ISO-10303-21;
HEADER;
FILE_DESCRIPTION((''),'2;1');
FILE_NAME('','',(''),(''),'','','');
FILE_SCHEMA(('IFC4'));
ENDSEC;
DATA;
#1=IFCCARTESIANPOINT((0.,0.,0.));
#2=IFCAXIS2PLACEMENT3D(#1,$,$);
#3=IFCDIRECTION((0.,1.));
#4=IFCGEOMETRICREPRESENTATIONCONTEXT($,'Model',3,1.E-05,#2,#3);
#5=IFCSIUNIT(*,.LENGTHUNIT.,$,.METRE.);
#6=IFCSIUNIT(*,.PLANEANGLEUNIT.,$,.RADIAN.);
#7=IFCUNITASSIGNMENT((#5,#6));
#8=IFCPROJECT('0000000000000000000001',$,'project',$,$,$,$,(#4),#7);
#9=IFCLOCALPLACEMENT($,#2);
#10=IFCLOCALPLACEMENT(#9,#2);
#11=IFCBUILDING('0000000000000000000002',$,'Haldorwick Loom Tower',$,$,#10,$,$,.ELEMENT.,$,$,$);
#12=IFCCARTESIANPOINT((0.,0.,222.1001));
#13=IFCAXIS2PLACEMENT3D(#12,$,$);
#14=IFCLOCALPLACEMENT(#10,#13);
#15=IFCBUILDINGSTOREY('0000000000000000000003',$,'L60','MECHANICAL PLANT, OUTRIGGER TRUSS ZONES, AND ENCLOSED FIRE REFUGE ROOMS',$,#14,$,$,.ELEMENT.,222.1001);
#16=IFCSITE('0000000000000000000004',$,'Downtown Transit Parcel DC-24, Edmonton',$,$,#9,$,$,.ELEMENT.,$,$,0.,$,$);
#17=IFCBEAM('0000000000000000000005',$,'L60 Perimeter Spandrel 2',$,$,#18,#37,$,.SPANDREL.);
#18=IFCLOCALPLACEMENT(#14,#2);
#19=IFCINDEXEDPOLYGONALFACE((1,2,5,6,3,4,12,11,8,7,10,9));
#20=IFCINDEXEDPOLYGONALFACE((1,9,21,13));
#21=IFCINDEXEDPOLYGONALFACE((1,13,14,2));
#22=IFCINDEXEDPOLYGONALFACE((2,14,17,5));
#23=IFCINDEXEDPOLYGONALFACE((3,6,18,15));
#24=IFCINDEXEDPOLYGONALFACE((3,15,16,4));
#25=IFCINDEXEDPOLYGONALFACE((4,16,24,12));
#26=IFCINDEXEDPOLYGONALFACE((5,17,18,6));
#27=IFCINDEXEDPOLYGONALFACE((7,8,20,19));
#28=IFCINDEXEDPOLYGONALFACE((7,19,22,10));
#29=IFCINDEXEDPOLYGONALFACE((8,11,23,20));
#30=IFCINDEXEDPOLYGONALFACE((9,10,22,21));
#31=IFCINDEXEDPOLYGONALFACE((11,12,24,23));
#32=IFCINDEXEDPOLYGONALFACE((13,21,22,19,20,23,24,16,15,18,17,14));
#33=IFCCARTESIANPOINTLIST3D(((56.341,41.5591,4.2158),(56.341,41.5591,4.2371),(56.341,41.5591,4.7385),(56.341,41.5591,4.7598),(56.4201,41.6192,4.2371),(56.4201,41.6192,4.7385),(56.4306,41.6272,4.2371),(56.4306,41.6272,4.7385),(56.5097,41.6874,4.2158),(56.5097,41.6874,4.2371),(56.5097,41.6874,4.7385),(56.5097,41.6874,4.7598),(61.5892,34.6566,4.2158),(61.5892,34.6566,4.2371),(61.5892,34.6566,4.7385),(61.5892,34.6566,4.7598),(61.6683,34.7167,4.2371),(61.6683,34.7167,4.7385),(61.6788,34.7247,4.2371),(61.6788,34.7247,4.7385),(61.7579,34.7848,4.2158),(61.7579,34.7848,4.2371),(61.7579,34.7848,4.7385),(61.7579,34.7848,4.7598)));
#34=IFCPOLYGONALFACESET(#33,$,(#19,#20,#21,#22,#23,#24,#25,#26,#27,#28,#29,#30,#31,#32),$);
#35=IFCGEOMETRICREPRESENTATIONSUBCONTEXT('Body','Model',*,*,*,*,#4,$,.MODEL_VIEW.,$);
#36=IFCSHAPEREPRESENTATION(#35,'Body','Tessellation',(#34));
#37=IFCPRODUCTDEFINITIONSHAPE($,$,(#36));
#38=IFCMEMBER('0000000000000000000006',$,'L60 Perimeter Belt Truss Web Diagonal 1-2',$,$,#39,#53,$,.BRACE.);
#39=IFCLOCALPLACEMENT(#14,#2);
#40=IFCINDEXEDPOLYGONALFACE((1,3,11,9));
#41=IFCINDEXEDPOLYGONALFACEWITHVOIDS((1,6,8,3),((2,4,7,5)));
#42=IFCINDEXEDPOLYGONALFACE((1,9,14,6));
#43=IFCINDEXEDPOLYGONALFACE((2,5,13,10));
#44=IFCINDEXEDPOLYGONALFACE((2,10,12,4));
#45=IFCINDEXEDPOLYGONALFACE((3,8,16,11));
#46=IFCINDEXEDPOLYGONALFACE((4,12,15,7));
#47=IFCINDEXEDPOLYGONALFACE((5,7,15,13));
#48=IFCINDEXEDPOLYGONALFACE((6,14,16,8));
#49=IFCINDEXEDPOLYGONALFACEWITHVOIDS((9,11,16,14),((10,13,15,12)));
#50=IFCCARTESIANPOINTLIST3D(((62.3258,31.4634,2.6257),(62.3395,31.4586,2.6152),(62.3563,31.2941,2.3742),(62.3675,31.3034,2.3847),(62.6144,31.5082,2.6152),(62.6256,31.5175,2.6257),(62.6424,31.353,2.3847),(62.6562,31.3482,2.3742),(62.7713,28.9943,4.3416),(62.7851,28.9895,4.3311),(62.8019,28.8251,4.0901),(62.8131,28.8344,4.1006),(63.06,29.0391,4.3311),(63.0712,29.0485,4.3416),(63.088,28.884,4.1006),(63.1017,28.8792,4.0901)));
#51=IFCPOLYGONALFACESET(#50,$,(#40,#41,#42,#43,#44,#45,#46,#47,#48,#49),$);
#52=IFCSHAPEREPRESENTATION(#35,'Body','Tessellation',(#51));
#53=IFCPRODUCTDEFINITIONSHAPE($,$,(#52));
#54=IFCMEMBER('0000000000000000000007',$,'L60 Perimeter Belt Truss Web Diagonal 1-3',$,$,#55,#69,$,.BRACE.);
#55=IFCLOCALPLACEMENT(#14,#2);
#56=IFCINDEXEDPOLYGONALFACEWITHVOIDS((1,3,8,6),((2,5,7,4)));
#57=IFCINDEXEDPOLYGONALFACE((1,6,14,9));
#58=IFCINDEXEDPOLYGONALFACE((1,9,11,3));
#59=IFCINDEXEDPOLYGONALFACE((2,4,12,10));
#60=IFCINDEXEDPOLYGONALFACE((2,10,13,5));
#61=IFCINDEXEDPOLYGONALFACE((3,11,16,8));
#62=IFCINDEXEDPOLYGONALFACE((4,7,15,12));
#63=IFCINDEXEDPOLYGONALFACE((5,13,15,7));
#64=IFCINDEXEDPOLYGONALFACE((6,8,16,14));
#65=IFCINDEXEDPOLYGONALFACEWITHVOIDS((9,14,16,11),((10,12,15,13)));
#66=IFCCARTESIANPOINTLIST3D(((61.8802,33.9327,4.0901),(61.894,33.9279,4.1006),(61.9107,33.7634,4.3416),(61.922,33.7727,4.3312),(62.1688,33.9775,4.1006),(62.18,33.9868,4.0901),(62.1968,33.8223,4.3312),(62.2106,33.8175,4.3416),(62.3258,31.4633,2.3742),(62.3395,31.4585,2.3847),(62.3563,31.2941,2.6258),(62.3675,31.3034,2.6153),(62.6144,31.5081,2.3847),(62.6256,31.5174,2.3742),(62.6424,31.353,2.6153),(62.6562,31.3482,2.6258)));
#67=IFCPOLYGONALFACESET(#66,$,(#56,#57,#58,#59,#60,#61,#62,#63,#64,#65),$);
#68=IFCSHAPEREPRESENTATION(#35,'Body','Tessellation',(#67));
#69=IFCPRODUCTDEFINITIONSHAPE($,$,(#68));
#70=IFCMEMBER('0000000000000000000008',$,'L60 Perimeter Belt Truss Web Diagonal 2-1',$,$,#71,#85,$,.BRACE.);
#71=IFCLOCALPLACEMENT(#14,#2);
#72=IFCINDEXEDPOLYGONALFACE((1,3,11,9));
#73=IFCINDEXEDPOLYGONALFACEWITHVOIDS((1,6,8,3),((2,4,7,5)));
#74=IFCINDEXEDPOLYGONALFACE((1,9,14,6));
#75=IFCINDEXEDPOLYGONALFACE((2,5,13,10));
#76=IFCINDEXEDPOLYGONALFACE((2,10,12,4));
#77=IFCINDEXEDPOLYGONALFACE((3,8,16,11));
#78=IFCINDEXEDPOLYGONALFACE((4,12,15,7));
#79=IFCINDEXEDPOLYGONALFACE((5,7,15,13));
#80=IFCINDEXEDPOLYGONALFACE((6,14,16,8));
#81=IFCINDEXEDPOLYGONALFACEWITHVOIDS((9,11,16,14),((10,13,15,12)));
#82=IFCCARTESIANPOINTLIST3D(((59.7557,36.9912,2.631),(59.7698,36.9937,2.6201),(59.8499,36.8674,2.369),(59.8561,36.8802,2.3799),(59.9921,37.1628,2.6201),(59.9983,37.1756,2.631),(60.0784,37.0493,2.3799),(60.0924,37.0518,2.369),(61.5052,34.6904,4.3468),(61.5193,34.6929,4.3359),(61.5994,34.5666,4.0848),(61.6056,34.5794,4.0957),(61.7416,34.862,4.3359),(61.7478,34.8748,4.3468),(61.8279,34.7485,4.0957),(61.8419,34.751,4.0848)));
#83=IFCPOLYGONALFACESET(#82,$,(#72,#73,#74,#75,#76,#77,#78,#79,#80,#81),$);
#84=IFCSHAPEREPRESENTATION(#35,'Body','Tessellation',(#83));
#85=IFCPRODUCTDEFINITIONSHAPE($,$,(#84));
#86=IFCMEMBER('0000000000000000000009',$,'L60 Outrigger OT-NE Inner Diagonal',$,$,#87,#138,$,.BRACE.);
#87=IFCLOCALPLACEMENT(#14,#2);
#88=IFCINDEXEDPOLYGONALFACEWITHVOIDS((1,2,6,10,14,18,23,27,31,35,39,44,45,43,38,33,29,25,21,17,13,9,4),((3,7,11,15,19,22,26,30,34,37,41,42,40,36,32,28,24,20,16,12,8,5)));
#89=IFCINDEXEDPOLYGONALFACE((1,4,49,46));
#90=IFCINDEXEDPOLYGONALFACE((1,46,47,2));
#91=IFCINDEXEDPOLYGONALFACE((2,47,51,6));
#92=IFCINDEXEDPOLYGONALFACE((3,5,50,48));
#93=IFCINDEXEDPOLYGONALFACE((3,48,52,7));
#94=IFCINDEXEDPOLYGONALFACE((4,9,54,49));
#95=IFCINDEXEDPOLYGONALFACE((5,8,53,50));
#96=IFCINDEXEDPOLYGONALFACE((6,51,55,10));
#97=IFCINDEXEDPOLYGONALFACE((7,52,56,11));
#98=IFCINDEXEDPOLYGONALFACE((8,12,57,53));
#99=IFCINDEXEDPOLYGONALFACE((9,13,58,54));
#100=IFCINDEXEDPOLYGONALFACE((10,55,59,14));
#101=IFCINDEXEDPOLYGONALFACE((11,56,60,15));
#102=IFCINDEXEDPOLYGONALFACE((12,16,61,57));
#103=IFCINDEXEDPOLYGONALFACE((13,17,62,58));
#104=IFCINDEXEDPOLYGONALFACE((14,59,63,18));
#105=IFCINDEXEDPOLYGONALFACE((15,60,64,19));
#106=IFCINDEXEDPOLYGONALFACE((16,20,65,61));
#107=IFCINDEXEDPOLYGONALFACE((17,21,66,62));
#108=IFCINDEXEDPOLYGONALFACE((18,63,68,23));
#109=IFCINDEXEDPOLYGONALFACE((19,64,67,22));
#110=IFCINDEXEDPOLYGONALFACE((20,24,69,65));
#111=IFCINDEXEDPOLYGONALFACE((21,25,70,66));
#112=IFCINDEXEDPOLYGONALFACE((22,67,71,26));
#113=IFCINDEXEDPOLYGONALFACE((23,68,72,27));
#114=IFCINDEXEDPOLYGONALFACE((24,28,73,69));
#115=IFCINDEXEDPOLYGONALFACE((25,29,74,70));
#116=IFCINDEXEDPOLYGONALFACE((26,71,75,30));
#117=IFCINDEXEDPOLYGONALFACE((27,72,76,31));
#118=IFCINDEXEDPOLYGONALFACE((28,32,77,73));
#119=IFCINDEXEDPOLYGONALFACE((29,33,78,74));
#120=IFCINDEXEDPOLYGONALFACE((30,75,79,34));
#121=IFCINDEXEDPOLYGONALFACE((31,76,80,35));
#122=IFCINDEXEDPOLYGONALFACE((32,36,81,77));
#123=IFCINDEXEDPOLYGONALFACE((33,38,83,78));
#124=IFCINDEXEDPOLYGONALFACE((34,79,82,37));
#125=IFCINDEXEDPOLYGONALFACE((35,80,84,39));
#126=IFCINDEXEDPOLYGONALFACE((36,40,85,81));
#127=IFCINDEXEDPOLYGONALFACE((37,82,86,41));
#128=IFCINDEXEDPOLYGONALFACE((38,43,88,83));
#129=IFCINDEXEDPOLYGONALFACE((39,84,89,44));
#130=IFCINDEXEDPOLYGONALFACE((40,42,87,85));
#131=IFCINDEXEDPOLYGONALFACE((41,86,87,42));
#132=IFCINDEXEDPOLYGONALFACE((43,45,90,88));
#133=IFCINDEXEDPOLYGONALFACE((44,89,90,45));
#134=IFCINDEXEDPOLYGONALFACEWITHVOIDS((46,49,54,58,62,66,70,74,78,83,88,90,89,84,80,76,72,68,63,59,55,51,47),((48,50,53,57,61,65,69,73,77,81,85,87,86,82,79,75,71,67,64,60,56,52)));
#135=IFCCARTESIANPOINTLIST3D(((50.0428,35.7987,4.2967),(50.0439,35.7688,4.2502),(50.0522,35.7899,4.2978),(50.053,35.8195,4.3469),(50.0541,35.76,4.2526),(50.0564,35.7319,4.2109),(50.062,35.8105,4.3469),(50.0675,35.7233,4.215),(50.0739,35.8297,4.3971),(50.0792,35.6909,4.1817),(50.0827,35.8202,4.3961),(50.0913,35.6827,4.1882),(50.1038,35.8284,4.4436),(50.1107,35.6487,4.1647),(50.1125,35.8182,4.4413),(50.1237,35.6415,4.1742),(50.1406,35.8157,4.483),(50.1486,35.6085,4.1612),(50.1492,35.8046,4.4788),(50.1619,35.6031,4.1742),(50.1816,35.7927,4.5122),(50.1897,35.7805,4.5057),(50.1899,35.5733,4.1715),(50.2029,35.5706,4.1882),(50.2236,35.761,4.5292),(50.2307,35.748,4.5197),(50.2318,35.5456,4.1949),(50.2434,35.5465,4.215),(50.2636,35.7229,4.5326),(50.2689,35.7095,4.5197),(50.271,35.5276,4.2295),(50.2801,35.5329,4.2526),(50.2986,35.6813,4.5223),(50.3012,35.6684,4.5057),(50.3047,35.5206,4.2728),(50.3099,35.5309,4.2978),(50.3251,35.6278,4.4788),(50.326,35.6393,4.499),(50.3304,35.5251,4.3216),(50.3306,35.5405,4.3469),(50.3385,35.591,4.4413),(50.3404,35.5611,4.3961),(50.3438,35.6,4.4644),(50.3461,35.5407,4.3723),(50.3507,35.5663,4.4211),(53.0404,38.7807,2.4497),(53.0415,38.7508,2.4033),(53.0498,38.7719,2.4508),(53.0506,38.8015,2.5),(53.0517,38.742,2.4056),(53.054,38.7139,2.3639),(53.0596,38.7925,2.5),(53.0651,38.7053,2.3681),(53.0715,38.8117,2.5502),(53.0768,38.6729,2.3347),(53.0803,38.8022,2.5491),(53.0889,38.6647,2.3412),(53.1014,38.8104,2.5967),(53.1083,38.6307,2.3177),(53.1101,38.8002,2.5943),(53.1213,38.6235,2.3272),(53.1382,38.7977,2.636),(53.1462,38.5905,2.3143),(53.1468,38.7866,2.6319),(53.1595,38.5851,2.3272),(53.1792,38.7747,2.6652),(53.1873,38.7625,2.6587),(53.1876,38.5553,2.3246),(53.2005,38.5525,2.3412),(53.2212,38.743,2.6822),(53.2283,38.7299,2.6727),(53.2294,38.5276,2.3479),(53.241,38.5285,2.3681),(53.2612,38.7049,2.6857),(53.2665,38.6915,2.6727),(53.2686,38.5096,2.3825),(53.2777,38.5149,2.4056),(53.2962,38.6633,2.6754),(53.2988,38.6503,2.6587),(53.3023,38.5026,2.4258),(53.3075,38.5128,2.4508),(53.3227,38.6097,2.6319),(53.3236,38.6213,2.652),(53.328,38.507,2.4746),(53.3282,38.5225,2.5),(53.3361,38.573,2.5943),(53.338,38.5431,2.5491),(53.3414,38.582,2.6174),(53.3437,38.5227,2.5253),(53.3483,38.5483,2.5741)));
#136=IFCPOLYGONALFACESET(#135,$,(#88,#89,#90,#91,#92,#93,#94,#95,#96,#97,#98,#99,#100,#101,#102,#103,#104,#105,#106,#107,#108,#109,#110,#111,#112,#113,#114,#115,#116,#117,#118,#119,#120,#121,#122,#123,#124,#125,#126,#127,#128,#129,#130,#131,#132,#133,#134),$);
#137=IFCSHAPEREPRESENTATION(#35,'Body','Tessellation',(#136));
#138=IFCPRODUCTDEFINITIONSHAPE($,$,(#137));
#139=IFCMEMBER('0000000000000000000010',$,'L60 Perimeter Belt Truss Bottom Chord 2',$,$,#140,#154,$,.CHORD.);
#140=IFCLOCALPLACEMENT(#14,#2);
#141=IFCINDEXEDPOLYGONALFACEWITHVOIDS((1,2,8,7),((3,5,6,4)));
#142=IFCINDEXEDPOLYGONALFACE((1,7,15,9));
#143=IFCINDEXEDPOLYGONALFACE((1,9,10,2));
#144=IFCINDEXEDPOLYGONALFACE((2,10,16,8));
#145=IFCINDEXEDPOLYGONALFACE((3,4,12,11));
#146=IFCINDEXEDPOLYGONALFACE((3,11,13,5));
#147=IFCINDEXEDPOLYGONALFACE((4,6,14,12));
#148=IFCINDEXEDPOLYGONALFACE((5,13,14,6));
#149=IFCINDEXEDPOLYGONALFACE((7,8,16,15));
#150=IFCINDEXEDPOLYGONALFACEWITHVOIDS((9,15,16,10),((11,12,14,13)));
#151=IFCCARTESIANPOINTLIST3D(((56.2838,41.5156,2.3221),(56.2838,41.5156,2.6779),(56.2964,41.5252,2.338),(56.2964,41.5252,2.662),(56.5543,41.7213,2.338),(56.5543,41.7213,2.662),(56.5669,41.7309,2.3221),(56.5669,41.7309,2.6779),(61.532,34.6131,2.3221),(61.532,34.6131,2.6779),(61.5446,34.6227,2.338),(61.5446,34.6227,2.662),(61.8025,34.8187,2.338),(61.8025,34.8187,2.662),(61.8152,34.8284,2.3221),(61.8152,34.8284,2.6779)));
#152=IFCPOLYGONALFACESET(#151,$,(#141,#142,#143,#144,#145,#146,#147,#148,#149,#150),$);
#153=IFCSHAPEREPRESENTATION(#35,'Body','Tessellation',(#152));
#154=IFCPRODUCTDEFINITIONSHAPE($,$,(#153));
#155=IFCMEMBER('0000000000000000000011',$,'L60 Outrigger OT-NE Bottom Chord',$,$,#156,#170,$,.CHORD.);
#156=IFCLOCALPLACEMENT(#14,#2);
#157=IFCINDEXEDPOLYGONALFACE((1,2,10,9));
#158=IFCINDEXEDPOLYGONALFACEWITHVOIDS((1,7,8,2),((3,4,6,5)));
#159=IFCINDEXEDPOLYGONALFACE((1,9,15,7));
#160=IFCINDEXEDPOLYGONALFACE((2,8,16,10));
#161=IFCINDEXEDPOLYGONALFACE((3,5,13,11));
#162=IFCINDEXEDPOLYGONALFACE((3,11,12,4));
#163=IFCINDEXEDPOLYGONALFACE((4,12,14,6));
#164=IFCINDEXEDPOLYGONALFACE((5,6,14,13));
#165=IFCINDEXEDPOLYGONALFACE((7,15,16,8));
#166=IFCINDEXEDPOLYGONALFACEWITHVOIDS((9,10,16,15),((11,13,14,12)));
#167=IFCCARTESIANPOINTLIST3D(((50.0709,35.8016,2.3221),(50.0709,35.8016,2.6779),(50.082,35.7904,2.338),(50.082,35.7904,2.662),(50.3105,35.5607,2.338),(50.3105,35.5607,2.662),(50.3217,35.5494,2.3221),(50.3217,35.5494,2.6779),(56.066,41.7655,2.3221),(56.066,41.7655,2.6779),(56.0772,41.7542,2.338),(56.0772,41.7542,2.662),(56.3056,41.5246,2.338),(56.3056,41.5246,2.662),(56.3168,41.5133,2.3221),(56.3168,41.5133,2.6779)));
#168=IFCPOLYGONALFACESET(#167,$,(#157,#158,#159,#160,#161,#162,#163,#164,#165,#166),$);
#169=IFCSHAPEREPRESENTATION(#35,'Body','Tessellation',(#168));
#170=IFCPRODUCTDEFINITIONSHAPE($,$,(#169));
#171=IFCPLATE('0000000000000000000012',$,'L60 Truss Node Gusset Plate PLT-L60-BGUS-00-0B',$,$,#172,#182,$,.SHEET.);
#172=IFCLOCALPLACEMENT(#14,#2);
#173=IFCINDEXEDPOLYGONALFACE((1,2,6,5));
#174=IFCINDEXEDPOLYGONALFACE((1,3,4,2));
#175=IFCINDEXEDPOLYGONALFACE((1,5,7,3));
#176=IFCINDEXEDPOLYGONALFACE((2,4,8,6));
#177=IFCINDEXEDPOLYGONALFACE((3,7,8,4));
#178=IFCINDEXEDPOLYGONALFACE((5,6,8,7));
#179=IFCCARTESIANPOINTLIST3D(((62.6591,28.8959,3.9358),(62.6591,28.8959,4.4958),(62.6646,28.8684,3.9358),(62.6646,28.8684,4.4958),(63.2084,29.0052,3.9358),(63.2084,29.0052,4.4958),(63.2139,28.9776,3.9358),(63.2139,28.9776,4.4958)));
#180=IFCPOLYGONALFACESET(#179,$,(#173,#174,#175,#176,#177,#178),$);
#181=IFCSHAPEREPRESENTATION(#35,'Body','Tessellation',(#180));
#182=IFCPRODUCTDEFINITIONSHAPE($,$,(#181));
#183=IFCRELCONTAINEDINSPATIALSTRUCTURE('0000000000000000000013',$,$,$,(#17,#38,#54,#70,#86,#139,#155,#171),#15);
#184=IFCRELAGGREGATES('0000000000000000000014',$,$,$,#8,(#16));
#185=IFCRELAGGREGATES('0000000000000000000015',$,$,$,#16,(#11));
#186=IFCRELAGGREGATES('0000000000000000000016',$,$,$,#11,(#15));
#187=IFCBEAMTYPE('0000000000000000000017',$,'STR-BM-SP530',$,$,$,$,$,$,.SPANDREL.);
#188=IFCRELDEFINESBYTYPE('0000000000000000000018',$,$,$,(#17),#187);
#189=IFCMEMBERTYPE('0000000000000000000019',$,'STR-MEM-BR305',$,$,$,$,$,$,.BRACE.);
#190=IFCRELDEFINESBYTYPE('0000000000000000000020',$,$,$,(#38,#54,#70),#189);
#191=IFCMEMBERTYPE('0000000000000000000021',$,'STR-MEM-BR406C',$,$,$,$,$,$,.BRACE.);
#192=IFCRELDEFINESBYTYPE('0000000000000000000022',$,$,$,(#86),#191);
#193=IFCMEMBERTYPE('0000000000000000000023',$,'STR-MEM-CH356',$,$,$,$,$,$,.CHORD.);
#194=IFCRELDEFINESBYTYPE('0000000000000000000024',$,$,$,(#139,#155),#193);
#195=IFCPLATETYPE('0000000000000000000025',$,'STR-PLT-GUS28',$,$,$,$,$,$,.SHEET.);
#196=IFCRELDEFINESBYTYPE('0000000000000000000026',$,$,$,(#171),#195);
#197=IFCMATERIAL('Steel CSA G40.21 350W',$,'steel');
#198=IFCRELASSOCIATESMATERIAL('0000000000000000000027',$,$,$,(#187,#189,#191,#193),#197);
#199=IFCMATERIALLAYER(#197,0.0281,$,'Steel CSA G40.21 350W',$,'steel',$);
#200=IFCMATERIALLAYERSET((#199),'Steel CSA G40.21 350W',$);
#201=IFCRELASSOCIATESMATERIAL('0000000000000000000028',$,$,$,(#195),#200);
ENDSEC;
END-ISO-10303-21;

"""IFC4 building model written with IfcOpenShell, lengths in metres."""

from ifc_helpers import new_model, si_unit, direction, frame, origin, origin_2d, place, context, subcontext, project, spatial, rectangle, hollow_rectangle, hollow_circle, i_section, extrude, material, layer, layer_set, material_profile, profile_set, type_object, element, save


model = new_model("IFC4")

# Units and contexts
model_context = context("Model", 3, precision=1e-05, world=origin(), true_north=direction((0.0, 1.0)))
body_context = subcontext(model_context, "Body", "Model", "MODEL_VIEW")
ifc_project = project(units=[si_unit("LENGTHUNIT", "METRE"), si_unit("PLANEANGLEUNIT", "RADIAN")], contexts=[model_context])

# Site, building, storey
site_placement = place(None, origin())
site = spatial("IfcSite", under=ifc_project, at=site_placement, Name="Downtown Transit Parcel DC-24, Edmonton", CompositionType="ELEMENT", RefElevation=0.0)
building_placement = place(site_placement, origin())
building = spatial("IfcBuilding", under=site, at=building_placement, Name="Haldorwick Loom Tower", CompositionType="ELEMENT")
storey_placement = place(building_placement, frame((0.0, 0.0, 222.1001)))
storey = spatial("IfcBuildingStorey", under=building, at=storey_placement, Name="L60", Description="MECHANICAL PLANT, OUTRIGGER TRUSS ZONES, AND ENCLOSED FIRE REFUGE ROOMS", CompositionType="ELEMENT", Elevation=222.1001)

# Shared definitions
ifc_material_1 = material(Name="Steel CSA G40.21 350W", Category="steel")

# Beam
ifc_material_profile_1 = material_profile(ifc_material_1, i_section(OverallWidth=0.2119, OverallDepth=0.5439, WebThickness=0.0132, FlangeThickness=0.0212, at=origin_2d()), Name="W530X123", Category="steel")
ifc_profile_set_1 = profile_set([ifc_material_profile_1], Name="Steel CSA G40.21 350W")
beam_type_1 = type_object("IfcBeamType", Name="STR-BM-SP530", PredefinedType="SPANDREL", material=ifc_profile_set_1)
beam_1_placement = place(storey_placement, frame((61.6736, 34.7207, 4.4878), z_axis=(-0.605253, 0.796033, 0.0), x_axis=(-0.796033, -0.605253, 0.0)))
element("IfcBeam", 1, at=beam_1_placement, inside=storey, type_object=beam_type_1, Name="L60 Perimeter Spandrel 2", PredefinedType="SPANDREL", context=body_context, shape_type="SweptSolid", body=[
    extrude(i_section(OverallWidth=0.2119, OverallDepth=0.5439, WebThickness=0.0132, FlangeThickness=0.0212, at=origin_2d()), origin(), (0.0, 0.0, 1.0), 8.6711),
])

# Members
ifc_material_profile_2 = material_profile(ifc_material_1, hollow_rectangle(XDim=0.3047, YDim=0.3047, WallThickness=0.0127, at=origin_2d()), Name="HSS305X305X13", Category="steel")
ifc_profile_set_2 = profile_set([ifc_material_profile_2], Name="Steel CSA G40.21 350W")
member_type_1 = type_object("IfcMemberType", Name="STR-MEM-BR305", PredefinedType="BRACE", material=ifc_profile_set_2)
member_1_placement = place(storey_placement, frame((62.9365, 28.9368, 4.2158), z_axis=(-0.146589, 0.812306, -0.56451), x_axis=(-0.984104, -0.177592, 0.0)))
element("IfcMember", 2, at=member_1_placement, inside=storey, type_object=member_type_1, Name="L60 Perimeter Belt Truss Web Diagonal 1-2", PredefinedType="BRACE", context=body_context, shape_type="SweptSolid", body=[
    extrude(hollow_rectangle(XDim=0.3047, YDim=0.3047, WallThickness=0.0127, at=origin_2d()), origin(), (0.0, 0.0, 1.0), 3.0396),
])
member_2_placement = place(storey_placement, frame((62.491, 31.4058, 2.5), z_axis=(-0.14658, 0.812333, 0.564473), x_axis=(-0.984107, -0.177575, 0.0)))
element("IfcMember", 3, at=member_2_placement, inside=storey, type_object=member_type_1, Name="L60 Perimeter Belt Truss Web Diagonal 1-3", PredefinedType="BRACE", context=body_context, shape_type="SweptSolid", body=[
    extrude(hollow_rectangle(XDim=0.3047, YDim=0.3047, WallThickness=0.0127, at=origin_2d()), origin(), (0.0, 0.0, 1.0), 3.0398),
])
member_3_placement = place(storey_placement, frame((61.6736, 34.7207, 4.2158), z_axis=(-0.520485, 0.684489, -0.510461), x_axis=(-0.796009, -0.605285, 0.0)))
element("IfcMember", 4, at=member_3_placement, inside=storey, type_object=member_type_1, Name="L60 Perimeter Belt Truss Web Diagonal 2-1", PredefinedType="BRACE", context=body_context, shape_type="SweptSolid", body=[
    extrude(hollow_rectangle(XDim=0.3047, YDim=0.3047, WallThickness=0.0127, at=origin_2d()), origin(), (0.0, 0.0, 1.0), 3.3613),
])
ifc_material_profile_3 = material_profile(ifc_material_1, hollow_circle(Radius=0.2031, WallThickness=0.0127, at=origin_2d()), Name="HSS406X13", Category="steel")
ifc_profile_set_3 = profile_set([ifc_material_profile_3], Name="Steel CSA G40.21 350W")
member_type_2 = type_object("IfcMemberType", Name="STR-MEM-BR406C", PredefinedType="BRACE", material=ifc_profile_set_3)
member_4_placement = place(storey_placement, frame((50.1963, 35.6755, 4.3469), z_axis=(0.649675, 0.646288, -0.400292), x_axis=(-0.705257, 0.708952, 0.0)))
element("IfcMember", 5, at=member_4_placement, inside=storey, type_object=member_type_2, Name="L60 Outrigger OT-NE Inner Diagonal", PredefinedType="BRACE", context=body_context, shape_type="SweptSolid", body=[
    extrude(hollow_circle(Radius=0.2031, WallThickness=0.0127, at=origin_2d()), origin(), (0.0, 0.0, 1.0), 4.614),
])
ifc_material_profile_4 = material_profile(ifc_material_1, hollow_rectangle(XDim=0.3557, YDim=0.3557, WallThickness=0.0159, at=origin_2d()), Name="HSS356X356X16", Category="steel")
ifc_profile_set_4 = profile_set([ifc_material_profile_4], Name="Steel CSA G40.21 350W")
member_type_3 = type_object("IfcMemberType", Name="STR-MEM-CH356", PredefinedType="CHORD", material=ifc_profile_set_4)
member_5_placement = place(storey_placement, frame((61.6736, 34.7207, 2.5), z_axis=(-0.605253, 0.796033, 0.0), x_axis=(-0.796033, -0.605253, 0.0)))
element("IfcMember", 6, at=member_5_placement, inside=storey, type_object=member_type_3, Name="L60 Perimeter Belt Truss Bottom Chord 2", PredefinedType="CHORD", context=body_context, shape_type="SweptSolid", body=[
    extrude(hollow_rectangle(XDim=0.3557, YDim=0.3557, WallThickness=0.0159, at=origin_2d()), origin(), (0.0, 0.0, 1.0), 8.6711),
])
member_6_placement = place(storey_placement, frame((50.1963, 35.6755, 2.5), z_axis=(0.708952, 0.705257, 0.0), x_axis=(-0.705257, 0.708952, 0.0)))
element("IfcMember", 7, at=member_6_placement, inside=storey, type_object=member_type_3, Name="L60 Outrigger OT-NE Bottom Chord", PredefinedType="CHORD", context=body_context, shape_type="SweptSolid", body=[
    extrude(hollow_rectangle(XDim=0.3557, YDim=0.3557, WallThickness=0.0159, at=origin_2d()), origin(), (0.0, 0.0, 1.0), 8.4563),
])

# Plate
ifc_layer_1 = layer(ifc_material_1, 0.0281, Name="Steel CSA G40.21 350W", Category="steel")
ifc_layer_set_1 = layer_set([ifc_layer_1], Name="Steel CSA G40.21 350W")
plate_type = type_object("IfcPlateType", Name="STR-PLT-GUS28", PredefinedType="SHEET", material=ifc_layer_set_1)
for number, where, z_axis, x_axis, name in (
    (8, (62.9365, 28.9368, 3.9358), (0.0, 0.0, 1.0), (0.980785, 0.19509, 0.0), "L60 Truss Node Gusset Plate PLT-L60-BGUS-00-0B"),
):
    element("IfcPlate", number, at=place(storey_placement, frame(where, z_axis=z_axis, x_axis=x_axis)), inside=storey, type_object=plate_type, Name=name, PredefinedType="SHEET", context=body_context, shape_type="SweptSolid", body=[
        extrude(rectangle(XDim=0.5601, YDim=0.0281, at=origin_2d()), origin(), (0.0, 0.0, 1.0), 0.5601),
    ])

save(model, "model.ifc")
